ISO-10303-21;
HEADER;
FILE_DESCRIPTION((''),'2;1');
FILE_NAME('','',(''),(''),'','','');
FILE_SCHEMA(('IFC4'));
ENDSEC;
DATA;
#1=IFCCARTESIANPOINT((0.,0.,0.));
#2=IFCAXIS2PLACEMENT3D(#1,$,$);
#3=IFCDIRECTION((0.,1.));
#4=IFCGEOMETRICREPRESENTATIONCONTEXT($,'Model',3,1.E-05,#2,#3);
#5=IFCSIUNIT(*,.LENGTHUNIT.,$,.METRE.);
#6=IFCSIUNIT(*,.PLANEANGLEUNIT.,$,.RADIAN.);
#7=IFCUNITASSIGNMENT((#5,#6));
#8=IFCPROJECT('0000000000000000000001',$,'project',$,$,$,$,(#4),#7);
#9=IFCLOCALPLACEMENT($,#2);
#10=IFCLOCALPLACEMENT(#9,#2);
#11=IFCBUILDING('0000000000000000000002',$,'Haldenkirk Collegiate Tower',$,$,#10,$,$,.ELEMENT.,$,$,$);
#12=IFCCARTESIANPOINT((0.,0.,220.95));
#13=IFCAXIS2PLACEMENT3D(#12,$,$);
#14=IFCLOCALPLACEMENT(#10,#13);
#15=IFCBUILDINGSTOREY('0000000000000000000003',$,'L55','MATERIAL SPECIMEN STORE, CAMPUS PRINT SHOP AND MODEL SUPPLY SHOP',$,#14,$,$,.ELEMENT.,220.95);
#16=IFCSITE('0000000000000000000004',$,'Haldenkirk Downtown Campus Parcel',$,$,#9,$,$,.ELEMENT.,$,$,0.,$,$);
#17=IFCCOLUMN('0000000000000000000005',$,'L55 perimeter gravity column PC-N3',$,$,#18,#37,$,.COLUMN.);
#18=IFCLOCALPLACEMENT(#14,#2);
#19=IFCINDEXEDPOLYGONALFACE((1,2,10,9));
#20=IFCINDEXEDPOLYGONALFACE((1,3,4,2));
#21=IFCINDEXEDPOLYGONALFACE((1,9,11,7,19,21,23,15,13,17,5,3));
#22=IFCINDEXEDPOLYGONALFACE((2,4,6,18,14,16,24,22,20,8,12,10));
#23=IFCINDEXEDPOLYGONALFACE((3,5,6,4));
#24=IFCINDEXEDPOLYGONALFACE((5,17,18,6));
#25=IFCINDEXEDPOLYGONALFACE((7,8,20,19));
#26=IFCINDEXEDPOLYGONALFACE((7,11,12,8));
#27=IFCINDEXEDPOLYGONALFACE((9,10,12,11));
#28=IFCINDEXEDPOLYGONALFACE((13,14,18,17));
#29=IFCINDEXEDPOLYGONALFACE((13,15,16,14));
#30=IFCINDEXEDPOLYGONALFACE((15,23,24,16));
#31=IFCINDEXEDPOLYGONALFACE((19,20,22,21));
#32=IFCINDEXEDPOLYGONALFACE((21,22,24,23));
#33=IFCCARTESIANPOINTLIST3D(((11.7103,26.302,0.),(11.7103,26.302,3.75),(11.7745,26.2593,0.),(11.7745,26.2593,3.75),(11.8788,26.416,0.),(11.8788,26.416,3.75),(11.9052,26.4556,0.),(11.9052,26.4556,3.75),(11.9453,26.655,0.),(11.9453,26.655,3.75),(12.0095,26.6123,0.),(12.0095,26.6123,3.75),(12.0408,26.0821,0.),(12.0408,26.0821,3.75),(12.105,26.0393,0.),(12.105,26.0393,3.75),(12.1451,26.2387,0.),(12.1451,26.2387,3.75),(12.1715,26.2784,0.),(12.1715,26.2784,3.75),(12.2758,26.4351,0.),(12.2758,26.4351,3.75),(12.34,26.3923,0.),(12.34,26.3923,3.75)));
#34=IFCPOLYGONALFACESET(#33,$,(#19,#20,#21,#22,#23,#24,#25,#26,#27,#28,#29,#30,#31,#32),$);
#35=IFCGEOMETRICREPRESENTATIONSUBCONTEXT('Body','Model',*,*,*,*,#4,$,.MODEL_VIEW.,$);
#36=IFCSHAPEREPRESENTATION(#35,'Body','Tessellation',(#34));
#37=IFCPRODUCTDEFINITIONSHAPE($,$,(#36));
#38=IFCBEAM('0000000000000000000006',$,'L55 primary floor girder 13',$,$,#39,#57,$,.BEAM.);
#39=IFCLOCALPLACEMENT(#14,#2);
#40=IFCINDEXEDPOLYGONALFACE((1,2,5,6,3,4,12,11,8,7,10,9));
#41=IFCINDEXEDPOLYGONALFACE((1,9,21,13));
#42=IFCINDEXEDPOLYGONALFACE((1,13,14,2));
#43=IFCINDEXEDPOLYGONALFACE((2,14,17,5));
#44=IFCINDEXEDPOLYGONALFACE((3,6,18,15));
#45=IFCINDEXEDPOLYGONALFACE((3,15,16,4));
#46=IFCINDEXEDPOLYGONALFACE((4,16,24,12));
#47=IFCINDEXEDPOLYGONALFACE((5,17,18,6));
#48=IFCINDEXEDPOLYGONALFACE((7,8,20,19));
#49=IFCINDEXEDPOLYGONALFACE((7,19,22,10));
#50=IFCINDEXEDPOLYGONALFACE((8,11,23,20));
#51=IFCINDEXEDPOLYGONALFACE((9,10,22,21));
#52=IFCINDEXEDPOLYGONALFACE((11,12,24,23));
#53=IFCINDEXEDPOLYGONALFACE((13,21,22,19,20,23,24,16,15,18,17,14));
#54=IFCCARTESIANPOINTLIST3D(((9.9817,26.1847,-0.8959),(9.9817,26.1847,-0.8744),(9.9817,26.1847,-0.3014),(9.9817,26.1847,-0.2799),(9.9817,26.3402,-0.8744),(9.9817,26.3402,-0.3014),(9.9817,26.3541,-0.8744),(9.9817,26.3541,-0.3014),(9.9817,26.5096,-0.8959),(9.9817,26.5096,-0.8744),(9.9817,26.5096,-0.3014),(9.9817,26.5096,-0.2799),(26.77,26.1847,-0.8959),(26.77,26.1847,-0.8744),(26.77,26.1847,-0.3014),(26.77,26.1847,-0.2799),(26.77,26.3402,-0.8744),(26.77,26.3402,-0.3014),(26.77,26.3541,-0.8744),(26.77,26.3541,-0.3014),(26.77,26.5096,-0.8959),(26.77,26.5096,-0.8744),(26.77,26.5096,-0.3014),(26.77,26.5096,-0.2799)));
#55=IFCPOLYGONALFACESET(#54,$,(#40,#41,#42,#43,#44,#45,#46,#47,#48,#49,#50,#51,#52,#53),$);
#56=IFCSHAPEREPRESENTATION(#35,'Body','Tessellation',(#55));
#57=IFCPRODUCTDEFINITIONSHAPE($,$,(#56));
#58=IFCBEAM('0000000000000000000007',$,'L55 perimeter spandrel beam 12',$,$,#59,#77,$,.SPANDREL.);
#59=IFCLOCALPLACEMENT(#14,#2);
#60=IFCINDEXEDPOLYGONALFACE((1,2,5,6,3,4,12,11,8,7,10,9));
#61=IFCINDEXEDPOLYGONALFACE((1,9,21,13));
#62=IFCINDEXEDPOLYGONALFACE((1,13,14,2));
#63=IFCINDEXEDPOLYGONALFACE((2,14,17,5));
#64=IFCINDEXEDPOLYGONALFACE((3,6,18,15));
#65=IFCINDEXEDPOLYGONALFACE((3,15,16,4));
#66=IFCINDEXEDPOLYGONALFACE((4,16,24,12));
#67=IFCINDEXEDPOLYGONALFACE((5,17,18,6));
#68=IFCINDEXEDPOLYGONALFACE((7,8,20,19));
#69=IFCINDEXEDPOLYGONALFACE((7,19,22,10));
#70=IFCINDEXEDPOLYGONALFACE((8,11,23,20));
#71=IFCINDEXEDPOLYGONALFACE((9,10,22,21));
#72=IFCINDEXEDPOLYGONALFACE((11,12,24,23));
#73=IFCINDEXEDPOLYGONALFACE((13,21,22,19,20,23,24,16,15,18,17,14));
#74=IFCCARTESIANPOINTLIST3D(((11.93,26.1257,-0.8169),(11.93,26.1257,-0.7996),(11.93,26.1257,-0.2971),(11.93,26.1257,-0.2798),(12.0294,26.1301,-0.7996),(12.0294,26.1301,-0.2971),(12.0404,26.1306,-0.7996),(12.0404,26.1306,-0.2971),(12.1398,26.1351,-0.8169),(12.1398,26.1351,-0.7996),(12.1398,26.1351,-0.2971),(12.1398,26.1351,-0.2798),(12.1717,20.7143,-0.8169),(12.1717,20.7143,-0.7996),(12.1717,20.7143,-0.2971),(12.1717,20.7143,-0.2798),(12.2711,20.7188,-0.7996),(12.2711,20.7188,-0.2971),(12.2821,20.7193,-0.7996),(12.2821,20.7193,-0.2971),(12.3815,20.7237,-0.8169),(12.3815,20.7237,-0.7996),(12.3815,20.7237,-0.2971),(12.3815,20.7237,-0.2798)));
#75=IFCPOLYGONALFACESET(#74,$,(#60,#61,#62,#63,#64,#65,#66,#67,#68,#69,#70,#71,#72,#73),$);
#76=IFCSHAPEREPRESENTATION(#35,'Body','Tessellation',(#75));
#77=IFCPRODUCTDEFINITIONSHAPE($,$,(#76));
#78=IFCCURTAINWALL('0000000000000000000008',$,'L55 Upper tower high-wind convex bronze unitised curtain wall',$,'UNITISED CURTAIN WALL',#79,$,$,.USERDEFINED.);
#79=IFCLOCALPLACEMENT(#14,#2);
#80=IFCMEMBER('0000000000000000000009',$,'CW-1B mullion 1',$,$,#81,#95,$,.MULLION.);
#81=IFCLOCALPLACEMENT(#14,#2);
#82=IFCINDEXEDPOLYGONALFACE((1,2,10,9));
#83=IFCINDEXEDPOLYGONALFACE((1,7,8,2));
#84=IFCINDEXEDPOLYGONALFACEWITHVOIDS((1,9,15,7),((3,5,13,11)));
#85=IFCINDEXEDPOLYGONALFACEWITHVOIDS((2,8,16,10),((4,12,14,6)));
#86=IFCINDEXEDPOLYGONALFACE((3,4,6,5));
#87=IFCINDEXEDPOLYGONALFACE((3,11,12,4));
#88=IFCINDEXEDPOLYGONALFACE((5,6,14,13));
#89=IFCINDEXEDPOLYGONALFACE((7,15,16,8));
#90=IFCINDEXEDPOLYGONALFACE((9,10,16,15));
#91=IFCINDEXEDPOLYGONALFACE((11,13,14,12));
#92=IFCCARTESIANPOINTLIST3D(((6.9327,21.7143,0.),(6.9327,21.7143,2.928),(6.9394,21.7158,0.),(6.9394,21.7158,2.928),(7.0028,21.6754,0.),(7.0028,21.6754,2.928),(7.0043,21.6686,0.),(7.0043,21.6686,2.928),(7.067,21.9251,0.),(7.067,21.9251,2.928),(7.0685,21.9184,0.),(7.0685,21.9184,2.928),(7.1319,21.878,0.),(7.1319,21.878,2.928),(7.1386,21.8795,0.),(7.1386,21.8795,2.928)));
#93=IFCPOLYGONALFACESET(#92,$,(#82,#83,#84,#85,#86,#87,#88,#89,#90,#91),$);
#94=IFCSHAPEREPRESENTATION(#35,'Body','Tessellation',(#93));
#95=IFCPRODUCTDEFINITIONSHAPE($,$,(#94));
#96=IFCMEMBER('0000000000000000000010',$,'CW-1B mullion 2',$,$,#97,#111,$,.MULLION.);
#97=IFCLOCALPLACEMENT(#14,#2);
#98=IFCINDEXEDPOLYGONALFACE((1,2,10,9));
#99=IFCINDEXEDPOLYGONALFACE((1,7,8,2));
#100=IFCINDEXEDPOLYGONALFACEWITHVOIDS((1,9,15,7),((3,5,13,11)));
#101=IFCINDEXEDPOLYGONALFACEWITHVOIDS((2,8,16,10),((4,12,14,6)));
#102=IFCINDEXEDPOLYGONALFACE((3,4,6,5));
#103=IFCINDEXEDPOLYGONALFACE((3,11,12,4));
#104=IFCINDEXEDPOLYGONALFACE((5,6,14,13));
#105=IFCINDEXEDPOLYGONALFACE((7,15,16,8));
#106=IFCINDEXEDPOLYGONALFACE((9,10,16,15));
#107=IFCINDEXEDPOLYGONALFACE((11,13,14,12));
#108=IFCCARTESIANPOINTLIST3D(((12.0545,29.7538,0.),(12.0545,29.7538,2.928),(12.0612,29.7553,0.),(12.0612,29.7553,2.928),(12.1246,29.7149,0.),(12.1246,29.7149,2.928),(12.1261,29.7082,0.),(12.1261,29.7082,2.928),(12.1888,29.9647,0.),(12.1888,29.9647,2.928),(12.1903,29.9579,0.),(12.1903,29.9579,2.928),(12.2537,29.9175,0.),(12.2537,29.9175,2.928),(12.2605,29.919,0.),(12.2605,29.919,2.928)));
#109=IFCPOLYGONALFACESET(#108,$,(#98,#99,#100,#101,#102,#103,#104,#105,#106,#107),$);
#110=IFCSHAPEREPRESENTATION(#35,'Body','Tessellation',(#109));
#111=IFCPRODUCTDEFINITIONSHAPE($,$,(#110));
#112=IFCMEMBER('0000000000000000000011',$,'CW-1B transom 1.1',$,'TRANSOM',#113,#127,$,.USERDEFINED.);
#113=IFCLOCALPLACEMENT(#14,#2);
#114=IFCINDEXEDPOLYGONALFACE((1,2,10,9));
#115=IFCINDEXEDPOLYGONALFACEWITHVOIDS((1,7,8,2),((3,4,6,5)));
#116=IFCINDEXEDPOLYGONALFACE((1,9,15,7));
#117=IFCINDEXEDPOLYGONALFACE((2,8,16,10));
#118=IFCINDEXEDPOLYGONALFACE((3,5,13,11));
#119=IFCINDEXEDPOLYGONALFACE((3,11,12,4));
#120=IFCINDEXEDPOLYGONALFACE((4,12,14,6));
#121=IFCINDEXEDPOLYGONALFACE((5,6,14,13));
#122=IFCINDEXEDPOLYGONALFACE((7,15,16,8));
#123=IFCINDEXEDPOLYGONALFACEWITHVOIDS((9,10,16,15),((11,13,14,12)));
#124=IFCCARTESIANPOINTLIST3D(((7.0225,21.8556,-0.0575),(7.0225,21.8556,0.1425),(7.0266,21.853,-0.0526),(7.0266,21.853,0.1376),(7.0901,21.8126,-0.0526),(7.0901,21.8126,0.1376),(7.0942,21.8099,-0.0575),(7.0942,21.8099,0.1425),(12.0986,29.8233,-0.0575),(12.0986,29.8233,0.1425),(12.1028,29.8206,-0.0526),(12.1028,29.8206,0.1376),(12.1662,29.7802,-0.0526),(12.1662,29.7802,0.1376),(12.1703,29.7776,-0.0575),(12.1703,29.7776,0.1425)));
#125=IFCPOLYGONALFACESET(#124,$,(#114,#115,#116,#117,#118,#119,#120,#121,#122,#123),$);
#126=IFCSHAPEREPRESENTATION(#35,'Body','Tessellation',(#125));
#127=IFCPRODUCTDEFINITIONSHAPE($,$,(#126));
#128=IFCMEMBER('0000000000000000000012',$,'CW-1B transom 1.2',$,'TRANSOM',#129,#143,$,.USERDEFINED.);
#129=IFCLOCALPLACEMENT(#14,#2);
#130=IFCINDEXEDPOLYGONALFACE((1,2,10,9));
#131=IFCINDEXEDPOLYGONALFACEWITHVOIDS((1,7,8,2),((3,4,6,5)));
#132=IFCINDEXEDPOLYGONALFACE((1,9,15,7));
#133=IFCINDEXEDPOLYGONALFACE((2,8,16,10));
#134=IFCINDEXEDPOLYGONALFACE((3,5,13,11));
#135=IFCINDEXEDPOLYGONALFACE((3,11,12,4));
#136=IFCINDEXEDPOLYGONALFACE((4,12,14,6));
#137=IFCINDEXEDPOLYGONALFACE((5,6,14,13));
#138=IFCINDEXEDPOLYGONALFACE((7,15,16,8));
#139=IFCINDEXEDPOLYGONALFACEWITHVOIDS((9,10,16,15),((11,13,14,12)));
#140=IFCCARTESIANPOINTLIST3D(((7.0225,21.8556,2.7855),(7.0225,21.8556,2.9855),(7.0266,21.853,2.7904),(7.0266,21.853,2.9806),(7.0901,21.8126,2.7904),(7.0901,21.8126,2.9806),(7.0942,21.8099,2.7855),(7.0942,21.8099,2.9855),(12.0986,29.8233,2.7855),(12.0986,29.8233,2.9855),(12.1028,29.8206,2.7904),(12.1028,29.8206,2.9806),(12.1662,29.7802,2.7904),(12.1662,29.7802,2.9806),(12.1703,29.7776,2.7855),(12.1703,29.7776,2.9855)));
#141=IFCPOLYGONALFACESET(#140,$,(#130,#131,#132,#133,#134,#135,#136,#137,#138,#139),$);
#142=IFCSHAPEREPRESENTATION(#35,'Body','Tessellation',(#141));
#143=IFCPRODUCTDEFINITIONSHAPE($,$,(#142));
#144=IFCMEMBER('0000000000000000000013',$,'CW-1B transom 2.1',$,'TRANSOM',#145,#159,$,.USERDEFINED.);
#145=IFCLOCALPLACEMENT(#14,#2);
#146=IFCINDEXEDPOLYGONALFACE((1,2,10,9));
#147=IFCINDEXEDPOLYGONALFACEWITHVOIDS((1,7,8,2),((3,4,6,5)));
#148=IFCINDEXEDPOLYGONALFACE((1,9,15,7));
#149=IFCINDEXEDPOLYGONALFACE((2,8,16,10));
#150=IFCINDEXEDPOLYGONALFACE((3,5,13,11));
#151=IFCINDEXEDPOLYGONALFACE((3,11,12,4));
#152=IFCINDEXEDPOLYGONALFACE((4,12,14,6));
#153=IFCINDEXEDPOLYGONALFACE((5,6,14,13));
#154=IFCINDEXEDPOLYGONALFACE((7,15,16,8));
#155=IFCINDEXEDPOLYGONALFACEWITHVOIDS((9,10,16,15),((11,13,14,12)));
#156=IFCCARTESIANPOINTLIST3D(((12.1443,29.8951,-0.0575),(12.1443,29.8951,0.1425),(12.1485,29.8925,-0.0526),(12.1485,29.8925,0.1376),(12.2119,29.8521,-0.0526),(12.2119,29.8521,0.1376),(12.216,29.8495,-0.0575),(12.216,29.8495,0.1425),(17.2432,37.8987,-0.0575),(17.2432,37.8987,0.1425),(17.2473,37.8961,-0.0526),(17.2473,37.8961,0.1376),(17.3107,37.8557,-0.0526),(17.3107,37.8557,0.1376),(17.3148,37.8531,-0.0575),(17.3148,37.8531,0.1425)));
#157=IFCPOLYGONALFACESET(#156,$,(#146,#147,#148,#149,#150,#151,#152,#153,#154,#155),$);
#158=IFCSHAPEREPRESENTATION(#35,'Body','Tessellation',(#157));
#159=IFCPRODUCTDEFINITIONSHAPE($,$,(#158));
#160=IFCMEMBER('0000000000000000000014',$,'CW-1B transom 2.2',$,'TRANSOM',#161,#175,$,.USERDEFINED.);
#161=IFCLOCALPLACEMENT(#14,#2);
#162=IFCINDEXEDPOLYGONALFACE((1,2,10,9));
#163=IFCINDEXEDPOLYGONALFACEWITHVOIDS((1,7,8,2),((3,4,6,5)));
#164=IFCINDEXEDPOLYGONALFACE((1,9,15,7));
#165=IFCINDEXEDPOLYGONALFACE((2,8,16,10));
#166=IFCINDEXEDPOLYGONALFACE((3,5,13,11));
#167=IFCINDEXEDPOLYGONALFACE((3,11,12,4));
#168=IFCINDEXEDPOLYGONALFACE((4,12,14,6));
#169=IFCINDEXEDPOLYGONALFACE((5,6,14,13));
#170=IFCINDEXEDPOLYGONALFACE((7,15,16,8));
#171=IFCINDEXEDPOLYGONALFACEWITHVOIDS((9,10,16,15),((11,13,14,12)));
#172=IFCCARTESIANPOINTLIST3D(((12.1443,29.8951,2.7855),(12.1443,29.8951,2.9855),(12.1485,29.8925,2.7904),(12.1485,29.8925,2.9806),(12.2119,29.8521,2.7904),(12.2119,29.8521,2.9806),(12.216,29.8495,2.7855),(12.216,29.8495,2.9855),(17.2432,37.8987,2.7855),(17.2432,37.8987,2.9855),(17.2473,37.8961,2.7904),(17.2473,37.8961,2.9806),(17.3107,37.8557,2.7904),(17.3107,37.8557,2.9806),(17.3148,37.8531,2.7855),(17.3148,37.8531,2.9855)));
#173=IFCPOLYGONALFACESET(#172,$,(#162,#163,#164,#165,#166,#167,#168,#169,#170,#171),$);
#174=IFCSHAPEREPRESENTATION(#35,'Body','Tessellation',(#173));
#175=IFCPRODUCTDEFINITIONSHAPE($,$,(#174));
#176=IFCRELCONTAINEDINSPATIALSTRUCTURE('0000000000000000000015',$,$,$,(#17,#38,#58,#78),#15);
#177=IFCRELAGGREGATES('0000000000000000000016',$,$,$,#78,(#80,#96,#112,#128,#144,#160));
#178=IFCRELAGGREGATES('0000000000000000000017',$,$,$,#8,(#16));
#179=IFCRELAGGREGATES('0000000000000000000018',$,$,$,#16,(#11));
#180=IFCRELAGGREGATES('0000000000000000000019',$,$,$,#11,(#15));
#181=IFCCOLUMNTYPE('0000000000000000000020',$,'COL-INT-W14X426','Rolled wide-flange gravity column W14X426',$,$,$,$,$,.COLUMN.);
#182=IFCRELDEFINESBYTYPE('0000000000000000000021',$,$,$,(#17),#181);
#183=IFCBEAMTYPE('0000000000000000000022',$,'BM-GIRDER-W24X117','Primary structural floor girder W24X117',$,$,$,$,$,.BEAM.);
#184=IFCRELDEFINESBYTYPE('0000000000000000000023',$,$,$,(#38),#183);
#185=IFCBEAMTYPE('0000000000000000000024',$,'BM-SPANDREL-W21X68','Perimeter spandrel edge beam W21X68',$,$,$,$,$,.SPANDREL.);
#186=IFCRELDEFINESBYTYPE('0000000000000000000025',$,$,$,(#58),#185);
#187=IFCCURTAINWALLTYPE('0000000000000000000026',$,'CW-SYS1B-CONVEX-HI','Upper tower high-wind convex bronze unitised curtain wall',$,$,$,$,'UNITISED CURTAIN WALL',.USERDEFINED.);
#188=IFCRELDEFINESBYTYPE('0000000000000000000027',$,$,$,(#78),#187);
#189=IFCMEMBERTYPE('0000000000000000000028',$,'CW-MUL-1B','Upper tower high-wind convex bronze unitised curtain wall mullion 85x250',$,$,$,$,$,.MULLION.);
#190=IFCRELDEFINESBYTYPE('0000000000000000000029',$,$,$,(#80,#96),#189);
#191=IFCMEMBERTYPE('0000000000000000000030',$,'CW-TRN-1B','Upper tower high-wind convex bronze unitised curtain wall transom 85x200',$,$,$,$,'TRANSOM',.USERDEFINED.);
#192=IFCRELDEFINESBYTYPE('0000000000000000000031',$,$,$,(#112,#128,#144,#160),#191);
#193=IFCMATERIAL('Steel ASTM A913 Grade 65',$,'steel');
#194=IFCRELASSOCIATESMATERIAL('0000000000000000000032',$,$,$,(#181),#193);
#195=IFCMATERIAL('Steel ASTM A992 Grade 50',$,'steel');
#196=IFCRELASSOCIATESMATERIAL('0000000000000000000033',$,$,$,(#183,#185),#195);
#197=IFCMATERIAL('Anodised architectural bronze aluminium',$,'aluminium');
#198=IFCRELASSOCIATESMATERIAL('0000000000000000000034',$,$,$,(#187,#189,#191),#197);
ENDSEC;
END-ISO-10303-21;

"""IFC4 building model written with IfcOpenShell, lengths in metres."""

from ifc_helpers import new_model, si_unit, direction, frame, origin, origin_2d, place, context, subcontext, project, spatial, hollow_rectangle, i_section, extrude, material, material_profile, profile_set, type_object, element, aggregate, save


model = new_model("IFC4")

# Units and contexts
model_context = context("Model", 3, precision=1e-05, world=origin(), true_north=direction((0.0, 1.0)))
body_context = subcontext(model_context, "Body", "Model", "MODEL_VIEW")
ifc_project = project(units=[si_unit("LENGTHUNIT", "METRE"), si_unit("PLANEANGLEUNIT", "RADIAN")], contexts=[model_context])

# Site, building, storey
site_placement = place(None, origin())
site = spatial("IfcSite", under=ifc_project, at=site_placement, Name="Haldenkirk Downtown Campus Parcel", CompositionType="ELEMENT", RefElevation=0.0)
building_placement = place(site_placement, origin())
building = spatial("IfcBuilding", under=site, at=building_placement, Name="Haldenkirk Collegiate Tower", CompositionType="ELEMENT")
storey_placement = place(building_placement, frame((0.0, 0.0, 220.95)))
storey = spatial("IfcBuildingStorey", under=building, at=storey_placement, Name="L55", Description="MATERIAL SPECIMEN STORE, CAMPUS PRINT SHOP AND MODEL SUPPLY SHOP", CompositionType="ELEMENT", Elevation=220.95)

# Column
ifc_material_1 = material(Name="Steel ASTM A913 Grade 65", Category="steel")
ifc_material_profile_1 = material_profile(ifc_material_1, i_section(OverallWidth=0.4241, OverallDepth=0.4741, WebThickness=0.0476, FlangeThickness=0.0771, at=origin_2d()), Name="W14X426")
ifc_profile_set_1 = profile_set([ifc_material_profile_1], Name="Steel ASTM A913 Grade 65")
column_type = type_object("IfcColumnType", Name="COL-INT-W14X426", Description="Rolled wide-flange gravity column W14X426", PredefinedType="COLUMN", material=ifc_profile_set_1)
column_placement = place(storey_placement, frame((12.0251, 26.3472, 0.0), z_axis=(0.0, 0.0, 1.0), x_axis=(0.554118, 0.832438, 0.0)))
element("IfcColumn", 1, at=column_placement, inside=storey, type_object=column_type, Name="L55 perimeter gravity column PC-N3", PredefinedType="COLUMN", context=body_context, shape_type="SweptSolid", body=[
    extrude(i_section(OverallWidth=0.4241, OverallDepth=0.4741, WebThickness=0.0476, FlangeThickness=0.0771, at=origin_2d()), origin(), (0.0, 0.0, 1.0), 3.75),
])

# Beams
ifc_material_2 = material(Name="Steel ASTM A992 Grade 50", Category="steel")
ifc_material_profile_2 = material_profile(ifc_material_2, i_section(OverallWidth=0.325, OverallDepth=0.616, WebThickness=0.0139, FlangeThickness=0.0215, at=origin_2d()), Name="W24X117")
ifc_profile_set_2 = profile_set([ifc_material_profile_2], Name="Steel ASTM A992 Grade 50")
beam_type_1 = type_object("IfcBeamType", Name="BM-GIRDER-W24X117", Description="Primary structural floor girder W24X117", PredefinedType="BEAM", material=ifc_profile_set_2)
beam_1_placement = place(storey_placement, frame((9.9817, 26.3472, -0.5879), z_axis=(1.0, 0.0, 0.0), x_axis=(0.0, 1.0, 0.0)))
element("IfcBeam", 2, at=beam_1_placement, inside=storey, type_object=beam_type_1, Name="L55 primary floor girder 13", PredefinedType="BEAM", context=body_context, shape_type="SweptSolid", body=[
    extrude(i_section(OverallWidth=0.325, OverallDepth=0.616, WebThickness=0.0139, FlangeThickness=0.0215, at=origin_2d()), origin(), (0.0, 0.0, 1.0), 16.7883),
])
ifc_material_profile_3 = material_profile(ifc_material_2, i_section(OverallWidth=0.21, OverallDepth=0.5371, WebThickness=0.011, FlangeThickness=0.0173, at=origin_2d()), Name="W21X68")
ifc_profile_set_3 = profile_set([ifc_material_profile_3], Name="Steel ASTM A992 Grade 50")
beam_type_2 = type_object("IfcBeamType", Name="BM-SPANDREL-W21X68", Description="Perimeter spandrel edge beam W21X68", PredefinedType="SPANDREL", material=ifc_profile_set_3)
beam_2_placement = place(storey_placement, frame((12.0349, 26.1304, -0.5483), z_axis=(0.044621, -0.999004, 0.0), x_axis=(0.999004, 0.044621, 0.0)))
element("IfcBeam", 3, at=beam_2_placement, inside=storey, type_object=beam_type_2, Name="L55 perimeter spandrel beam 12", PredefinedType="SPANDREL", context=body_context, shape_type="SweptSolid", body=[
    extrude(i_section(OverallWidth=0.21, OverallDepth=0.5371, WebThickness=0.011, FlangeThickness=0.0173, at=origin_2d()), origin(), (0.0, 0.0, 1.0), 5.4167),
])

# Curtain wall, members
ifc_material_3 = material(Name="Anodised architectural bronze aluminium", Category="aluminium")
curtain_wall_type = type_object("IfcCurtainWallType", Name="CW-SYS1B-CONVEX-HI", Description="Upper tower high-wind convex bronze unitised curtain wall", ElementType="UNITISED CURTAIN WALL", PredefinedType="USERDEFINED", material=ifc_material_3)
curtain_wall_placement = place(storey_placement, origin())
curtain_wall = element("IfcCurtainWall", 4, at=curtain_wall_placement, inside=storey, type_object=curtain_wall_type, Name="L55 Upper tower high-wind convex bronze unitised curtain wall", ObjectType="UNITISED CURTAIN WALL", PredefinedType="USERDEFINED")
ifc_material_profile_4 = material_profile(ifc_material_3, hollow_rectangle(XDim=0.085, YDim=0.25, WallThickness=0.0049, at=origin_2d()), Name="CW-MUL-1B")
ifc_profile_set_4 = profile_set([ifc_material_profile_4], Name="Anodised architectural bronze aluminium")
member_type_1 = type_object("IfcMemberType", Name="CW-MUL-1B", Description="Upper tower high-wind convex bronze unitised curtain wall mullion 85x250", PredefinedType="MULLION", material=ifc_profile_set_4)
member_1_placement = place(storey_placement, frame((7.0356, 21.7969, 0.0), z_axis=(0.0, 0.0, 1.0), x_axis=(-0.84339, 0.537301, 0.0)))
member_1 = element("IfcMember", 5, at=member_1_placement, type_object=member_type_1, Name="CW-1B mullion 1", PredefinedType="MULLION", context=body_context, shape_type="SweptSolid", body=[
    extrude(hollow_rectangle(XDim=0.085, YDim=0.25, WallThickness=0.0049, at=origin_2d()), origin(), (0.0, 0.0, 1.0), 2.928),
])
member_2_placement = place(storey_placement, frame((12.1575, 29.8364, 0.0), z_axis=(0.0, 0.0, 1.0), x_axis=(-0.84339, 0.537301, 0.0)))
member_2 = element("IfcMember", 6, at=member_2_placement, type_object=member_type_1, Name="CW-1B mullion 2", PredefinedType="MULLION", context=body_context, shape_type="SweptSolid", body=[
    extrude(hollow_rectangle(XDim=0.085, YDim=0.25, WallThickness=0.0049, at=origin_2d()), origin(), (0.0, 0.0, 1.0), 2.928),
])
ifc_material_profile_5 = material_profile(ifc_material_3, hollow_rectangle(XDim=0.085, YDim=0.2, WallThickness=0.0049, at=origin_2d()), Name="CW-TRN-1B")
ifc_profile_set_5 = profile_set([ifc_material_profile_5], Name="Anodised architectural bronze aluminium")
member_type_2 = type_object("IfcMemberType", Name="CW-TRN-1B", Description="Upper tower high-wind convex bronze unitised curtain wall transom 85x200", ElementType="TRANSOM", PredefinedType="USERDEFINED", material=ifc_profile_set_5)
member_3_placement = place(storey_placement, frame((7.0583, 21.8328, 0.0425), z_axis=(0.53731, 0.843385, 0.0), x_axis=(-0.843385, 0.53731, 0.0)))
member_3 = element("IfcMember", 7, at=member_3_placement, type_object=member_type_2, Name="CW-1B transom 1.1", ObjectType="TRANSOM", PredefinedType="USERDEFINED", context=body_context, shape_type="SweptSolid", body=[
    extrude(hollow_rectangle(XDim=0.085, YDim=0.2, WallThickness=0.0049, at=origin_2d()), origin(), (0.0, 0.0, 1.0), 9.4473),
])
member_4_placement = place(storey_placement, frame((7.0583, 21.8328, 2.8855), z_axis=(0.53731, 0.843385, 0.0), x_axis=(-0.843385, 0.53731, 0.0)))
member_4 = element("IfcMember", 8, at=member_4_placement, type_object=member_type_2, Name="CW-1B transom 1.2", ObjectType="TRANSOM", PredefinedType="USERDEFINED", context=body_context, shape_type="SweptSolid", body=[
    extrude(hollow_rectangle(XDim=0.085, YDim=0.2, WallThickness=0.0049, at=origin_2d()), origin(), (0.0, 0.0, 1.0), 9.4473),
])
member_5_placement = place(storey_placement, frame((12.1802, 29.8723, 0.0425), z_axis=(0.537298, 0.843392, 0.0), x_axis=(-0.843392, 0.537298, 0.0)))
member_5 = element("IfcMember", 9, at=member_5_placement, type_object=member_type_2, Name="CW-1B transom 2.1", ObjectType="TRANSOM", PredefinedType="USERDEFINED", context=body_context, shape_type="SweptSolid", body=[
    extrude(hollow_rectangle(XDim=0.085, YDim=0.2, WallThickness=0.0049, at=origin_2d()), origin(), (0.0, 0.0, 1.0), 9.4897),
])
member_6_placement = place(storey_placement, frame((12.1802, 29.8723, 2.8855), z_axis=(0.537298, 0.843392, 0.0), x_axis=(-0.843392, 0.537298, 0.0)))
member_6 = element("IfcMember", 10, at=member_6_placement, type_object=member_type_2, Name="CW-1B transom 2.2", ObjectType="TRANSOM", PredefinedType="USERDEFINED", context=body_context, shape_type="SweptSolid", body=[
    extrude(hollow_rectangle(XDim=0.085, YDim=0.2, WallThickness=0.0049, at=origin_2d()), origin(), (0.0, 0.0, 1.0), 9.4897),
])
aggregate(curtain_wall, [member_1, member_2, member_3, member_4, member_5, member_6])

save(model, "model.ifc")
